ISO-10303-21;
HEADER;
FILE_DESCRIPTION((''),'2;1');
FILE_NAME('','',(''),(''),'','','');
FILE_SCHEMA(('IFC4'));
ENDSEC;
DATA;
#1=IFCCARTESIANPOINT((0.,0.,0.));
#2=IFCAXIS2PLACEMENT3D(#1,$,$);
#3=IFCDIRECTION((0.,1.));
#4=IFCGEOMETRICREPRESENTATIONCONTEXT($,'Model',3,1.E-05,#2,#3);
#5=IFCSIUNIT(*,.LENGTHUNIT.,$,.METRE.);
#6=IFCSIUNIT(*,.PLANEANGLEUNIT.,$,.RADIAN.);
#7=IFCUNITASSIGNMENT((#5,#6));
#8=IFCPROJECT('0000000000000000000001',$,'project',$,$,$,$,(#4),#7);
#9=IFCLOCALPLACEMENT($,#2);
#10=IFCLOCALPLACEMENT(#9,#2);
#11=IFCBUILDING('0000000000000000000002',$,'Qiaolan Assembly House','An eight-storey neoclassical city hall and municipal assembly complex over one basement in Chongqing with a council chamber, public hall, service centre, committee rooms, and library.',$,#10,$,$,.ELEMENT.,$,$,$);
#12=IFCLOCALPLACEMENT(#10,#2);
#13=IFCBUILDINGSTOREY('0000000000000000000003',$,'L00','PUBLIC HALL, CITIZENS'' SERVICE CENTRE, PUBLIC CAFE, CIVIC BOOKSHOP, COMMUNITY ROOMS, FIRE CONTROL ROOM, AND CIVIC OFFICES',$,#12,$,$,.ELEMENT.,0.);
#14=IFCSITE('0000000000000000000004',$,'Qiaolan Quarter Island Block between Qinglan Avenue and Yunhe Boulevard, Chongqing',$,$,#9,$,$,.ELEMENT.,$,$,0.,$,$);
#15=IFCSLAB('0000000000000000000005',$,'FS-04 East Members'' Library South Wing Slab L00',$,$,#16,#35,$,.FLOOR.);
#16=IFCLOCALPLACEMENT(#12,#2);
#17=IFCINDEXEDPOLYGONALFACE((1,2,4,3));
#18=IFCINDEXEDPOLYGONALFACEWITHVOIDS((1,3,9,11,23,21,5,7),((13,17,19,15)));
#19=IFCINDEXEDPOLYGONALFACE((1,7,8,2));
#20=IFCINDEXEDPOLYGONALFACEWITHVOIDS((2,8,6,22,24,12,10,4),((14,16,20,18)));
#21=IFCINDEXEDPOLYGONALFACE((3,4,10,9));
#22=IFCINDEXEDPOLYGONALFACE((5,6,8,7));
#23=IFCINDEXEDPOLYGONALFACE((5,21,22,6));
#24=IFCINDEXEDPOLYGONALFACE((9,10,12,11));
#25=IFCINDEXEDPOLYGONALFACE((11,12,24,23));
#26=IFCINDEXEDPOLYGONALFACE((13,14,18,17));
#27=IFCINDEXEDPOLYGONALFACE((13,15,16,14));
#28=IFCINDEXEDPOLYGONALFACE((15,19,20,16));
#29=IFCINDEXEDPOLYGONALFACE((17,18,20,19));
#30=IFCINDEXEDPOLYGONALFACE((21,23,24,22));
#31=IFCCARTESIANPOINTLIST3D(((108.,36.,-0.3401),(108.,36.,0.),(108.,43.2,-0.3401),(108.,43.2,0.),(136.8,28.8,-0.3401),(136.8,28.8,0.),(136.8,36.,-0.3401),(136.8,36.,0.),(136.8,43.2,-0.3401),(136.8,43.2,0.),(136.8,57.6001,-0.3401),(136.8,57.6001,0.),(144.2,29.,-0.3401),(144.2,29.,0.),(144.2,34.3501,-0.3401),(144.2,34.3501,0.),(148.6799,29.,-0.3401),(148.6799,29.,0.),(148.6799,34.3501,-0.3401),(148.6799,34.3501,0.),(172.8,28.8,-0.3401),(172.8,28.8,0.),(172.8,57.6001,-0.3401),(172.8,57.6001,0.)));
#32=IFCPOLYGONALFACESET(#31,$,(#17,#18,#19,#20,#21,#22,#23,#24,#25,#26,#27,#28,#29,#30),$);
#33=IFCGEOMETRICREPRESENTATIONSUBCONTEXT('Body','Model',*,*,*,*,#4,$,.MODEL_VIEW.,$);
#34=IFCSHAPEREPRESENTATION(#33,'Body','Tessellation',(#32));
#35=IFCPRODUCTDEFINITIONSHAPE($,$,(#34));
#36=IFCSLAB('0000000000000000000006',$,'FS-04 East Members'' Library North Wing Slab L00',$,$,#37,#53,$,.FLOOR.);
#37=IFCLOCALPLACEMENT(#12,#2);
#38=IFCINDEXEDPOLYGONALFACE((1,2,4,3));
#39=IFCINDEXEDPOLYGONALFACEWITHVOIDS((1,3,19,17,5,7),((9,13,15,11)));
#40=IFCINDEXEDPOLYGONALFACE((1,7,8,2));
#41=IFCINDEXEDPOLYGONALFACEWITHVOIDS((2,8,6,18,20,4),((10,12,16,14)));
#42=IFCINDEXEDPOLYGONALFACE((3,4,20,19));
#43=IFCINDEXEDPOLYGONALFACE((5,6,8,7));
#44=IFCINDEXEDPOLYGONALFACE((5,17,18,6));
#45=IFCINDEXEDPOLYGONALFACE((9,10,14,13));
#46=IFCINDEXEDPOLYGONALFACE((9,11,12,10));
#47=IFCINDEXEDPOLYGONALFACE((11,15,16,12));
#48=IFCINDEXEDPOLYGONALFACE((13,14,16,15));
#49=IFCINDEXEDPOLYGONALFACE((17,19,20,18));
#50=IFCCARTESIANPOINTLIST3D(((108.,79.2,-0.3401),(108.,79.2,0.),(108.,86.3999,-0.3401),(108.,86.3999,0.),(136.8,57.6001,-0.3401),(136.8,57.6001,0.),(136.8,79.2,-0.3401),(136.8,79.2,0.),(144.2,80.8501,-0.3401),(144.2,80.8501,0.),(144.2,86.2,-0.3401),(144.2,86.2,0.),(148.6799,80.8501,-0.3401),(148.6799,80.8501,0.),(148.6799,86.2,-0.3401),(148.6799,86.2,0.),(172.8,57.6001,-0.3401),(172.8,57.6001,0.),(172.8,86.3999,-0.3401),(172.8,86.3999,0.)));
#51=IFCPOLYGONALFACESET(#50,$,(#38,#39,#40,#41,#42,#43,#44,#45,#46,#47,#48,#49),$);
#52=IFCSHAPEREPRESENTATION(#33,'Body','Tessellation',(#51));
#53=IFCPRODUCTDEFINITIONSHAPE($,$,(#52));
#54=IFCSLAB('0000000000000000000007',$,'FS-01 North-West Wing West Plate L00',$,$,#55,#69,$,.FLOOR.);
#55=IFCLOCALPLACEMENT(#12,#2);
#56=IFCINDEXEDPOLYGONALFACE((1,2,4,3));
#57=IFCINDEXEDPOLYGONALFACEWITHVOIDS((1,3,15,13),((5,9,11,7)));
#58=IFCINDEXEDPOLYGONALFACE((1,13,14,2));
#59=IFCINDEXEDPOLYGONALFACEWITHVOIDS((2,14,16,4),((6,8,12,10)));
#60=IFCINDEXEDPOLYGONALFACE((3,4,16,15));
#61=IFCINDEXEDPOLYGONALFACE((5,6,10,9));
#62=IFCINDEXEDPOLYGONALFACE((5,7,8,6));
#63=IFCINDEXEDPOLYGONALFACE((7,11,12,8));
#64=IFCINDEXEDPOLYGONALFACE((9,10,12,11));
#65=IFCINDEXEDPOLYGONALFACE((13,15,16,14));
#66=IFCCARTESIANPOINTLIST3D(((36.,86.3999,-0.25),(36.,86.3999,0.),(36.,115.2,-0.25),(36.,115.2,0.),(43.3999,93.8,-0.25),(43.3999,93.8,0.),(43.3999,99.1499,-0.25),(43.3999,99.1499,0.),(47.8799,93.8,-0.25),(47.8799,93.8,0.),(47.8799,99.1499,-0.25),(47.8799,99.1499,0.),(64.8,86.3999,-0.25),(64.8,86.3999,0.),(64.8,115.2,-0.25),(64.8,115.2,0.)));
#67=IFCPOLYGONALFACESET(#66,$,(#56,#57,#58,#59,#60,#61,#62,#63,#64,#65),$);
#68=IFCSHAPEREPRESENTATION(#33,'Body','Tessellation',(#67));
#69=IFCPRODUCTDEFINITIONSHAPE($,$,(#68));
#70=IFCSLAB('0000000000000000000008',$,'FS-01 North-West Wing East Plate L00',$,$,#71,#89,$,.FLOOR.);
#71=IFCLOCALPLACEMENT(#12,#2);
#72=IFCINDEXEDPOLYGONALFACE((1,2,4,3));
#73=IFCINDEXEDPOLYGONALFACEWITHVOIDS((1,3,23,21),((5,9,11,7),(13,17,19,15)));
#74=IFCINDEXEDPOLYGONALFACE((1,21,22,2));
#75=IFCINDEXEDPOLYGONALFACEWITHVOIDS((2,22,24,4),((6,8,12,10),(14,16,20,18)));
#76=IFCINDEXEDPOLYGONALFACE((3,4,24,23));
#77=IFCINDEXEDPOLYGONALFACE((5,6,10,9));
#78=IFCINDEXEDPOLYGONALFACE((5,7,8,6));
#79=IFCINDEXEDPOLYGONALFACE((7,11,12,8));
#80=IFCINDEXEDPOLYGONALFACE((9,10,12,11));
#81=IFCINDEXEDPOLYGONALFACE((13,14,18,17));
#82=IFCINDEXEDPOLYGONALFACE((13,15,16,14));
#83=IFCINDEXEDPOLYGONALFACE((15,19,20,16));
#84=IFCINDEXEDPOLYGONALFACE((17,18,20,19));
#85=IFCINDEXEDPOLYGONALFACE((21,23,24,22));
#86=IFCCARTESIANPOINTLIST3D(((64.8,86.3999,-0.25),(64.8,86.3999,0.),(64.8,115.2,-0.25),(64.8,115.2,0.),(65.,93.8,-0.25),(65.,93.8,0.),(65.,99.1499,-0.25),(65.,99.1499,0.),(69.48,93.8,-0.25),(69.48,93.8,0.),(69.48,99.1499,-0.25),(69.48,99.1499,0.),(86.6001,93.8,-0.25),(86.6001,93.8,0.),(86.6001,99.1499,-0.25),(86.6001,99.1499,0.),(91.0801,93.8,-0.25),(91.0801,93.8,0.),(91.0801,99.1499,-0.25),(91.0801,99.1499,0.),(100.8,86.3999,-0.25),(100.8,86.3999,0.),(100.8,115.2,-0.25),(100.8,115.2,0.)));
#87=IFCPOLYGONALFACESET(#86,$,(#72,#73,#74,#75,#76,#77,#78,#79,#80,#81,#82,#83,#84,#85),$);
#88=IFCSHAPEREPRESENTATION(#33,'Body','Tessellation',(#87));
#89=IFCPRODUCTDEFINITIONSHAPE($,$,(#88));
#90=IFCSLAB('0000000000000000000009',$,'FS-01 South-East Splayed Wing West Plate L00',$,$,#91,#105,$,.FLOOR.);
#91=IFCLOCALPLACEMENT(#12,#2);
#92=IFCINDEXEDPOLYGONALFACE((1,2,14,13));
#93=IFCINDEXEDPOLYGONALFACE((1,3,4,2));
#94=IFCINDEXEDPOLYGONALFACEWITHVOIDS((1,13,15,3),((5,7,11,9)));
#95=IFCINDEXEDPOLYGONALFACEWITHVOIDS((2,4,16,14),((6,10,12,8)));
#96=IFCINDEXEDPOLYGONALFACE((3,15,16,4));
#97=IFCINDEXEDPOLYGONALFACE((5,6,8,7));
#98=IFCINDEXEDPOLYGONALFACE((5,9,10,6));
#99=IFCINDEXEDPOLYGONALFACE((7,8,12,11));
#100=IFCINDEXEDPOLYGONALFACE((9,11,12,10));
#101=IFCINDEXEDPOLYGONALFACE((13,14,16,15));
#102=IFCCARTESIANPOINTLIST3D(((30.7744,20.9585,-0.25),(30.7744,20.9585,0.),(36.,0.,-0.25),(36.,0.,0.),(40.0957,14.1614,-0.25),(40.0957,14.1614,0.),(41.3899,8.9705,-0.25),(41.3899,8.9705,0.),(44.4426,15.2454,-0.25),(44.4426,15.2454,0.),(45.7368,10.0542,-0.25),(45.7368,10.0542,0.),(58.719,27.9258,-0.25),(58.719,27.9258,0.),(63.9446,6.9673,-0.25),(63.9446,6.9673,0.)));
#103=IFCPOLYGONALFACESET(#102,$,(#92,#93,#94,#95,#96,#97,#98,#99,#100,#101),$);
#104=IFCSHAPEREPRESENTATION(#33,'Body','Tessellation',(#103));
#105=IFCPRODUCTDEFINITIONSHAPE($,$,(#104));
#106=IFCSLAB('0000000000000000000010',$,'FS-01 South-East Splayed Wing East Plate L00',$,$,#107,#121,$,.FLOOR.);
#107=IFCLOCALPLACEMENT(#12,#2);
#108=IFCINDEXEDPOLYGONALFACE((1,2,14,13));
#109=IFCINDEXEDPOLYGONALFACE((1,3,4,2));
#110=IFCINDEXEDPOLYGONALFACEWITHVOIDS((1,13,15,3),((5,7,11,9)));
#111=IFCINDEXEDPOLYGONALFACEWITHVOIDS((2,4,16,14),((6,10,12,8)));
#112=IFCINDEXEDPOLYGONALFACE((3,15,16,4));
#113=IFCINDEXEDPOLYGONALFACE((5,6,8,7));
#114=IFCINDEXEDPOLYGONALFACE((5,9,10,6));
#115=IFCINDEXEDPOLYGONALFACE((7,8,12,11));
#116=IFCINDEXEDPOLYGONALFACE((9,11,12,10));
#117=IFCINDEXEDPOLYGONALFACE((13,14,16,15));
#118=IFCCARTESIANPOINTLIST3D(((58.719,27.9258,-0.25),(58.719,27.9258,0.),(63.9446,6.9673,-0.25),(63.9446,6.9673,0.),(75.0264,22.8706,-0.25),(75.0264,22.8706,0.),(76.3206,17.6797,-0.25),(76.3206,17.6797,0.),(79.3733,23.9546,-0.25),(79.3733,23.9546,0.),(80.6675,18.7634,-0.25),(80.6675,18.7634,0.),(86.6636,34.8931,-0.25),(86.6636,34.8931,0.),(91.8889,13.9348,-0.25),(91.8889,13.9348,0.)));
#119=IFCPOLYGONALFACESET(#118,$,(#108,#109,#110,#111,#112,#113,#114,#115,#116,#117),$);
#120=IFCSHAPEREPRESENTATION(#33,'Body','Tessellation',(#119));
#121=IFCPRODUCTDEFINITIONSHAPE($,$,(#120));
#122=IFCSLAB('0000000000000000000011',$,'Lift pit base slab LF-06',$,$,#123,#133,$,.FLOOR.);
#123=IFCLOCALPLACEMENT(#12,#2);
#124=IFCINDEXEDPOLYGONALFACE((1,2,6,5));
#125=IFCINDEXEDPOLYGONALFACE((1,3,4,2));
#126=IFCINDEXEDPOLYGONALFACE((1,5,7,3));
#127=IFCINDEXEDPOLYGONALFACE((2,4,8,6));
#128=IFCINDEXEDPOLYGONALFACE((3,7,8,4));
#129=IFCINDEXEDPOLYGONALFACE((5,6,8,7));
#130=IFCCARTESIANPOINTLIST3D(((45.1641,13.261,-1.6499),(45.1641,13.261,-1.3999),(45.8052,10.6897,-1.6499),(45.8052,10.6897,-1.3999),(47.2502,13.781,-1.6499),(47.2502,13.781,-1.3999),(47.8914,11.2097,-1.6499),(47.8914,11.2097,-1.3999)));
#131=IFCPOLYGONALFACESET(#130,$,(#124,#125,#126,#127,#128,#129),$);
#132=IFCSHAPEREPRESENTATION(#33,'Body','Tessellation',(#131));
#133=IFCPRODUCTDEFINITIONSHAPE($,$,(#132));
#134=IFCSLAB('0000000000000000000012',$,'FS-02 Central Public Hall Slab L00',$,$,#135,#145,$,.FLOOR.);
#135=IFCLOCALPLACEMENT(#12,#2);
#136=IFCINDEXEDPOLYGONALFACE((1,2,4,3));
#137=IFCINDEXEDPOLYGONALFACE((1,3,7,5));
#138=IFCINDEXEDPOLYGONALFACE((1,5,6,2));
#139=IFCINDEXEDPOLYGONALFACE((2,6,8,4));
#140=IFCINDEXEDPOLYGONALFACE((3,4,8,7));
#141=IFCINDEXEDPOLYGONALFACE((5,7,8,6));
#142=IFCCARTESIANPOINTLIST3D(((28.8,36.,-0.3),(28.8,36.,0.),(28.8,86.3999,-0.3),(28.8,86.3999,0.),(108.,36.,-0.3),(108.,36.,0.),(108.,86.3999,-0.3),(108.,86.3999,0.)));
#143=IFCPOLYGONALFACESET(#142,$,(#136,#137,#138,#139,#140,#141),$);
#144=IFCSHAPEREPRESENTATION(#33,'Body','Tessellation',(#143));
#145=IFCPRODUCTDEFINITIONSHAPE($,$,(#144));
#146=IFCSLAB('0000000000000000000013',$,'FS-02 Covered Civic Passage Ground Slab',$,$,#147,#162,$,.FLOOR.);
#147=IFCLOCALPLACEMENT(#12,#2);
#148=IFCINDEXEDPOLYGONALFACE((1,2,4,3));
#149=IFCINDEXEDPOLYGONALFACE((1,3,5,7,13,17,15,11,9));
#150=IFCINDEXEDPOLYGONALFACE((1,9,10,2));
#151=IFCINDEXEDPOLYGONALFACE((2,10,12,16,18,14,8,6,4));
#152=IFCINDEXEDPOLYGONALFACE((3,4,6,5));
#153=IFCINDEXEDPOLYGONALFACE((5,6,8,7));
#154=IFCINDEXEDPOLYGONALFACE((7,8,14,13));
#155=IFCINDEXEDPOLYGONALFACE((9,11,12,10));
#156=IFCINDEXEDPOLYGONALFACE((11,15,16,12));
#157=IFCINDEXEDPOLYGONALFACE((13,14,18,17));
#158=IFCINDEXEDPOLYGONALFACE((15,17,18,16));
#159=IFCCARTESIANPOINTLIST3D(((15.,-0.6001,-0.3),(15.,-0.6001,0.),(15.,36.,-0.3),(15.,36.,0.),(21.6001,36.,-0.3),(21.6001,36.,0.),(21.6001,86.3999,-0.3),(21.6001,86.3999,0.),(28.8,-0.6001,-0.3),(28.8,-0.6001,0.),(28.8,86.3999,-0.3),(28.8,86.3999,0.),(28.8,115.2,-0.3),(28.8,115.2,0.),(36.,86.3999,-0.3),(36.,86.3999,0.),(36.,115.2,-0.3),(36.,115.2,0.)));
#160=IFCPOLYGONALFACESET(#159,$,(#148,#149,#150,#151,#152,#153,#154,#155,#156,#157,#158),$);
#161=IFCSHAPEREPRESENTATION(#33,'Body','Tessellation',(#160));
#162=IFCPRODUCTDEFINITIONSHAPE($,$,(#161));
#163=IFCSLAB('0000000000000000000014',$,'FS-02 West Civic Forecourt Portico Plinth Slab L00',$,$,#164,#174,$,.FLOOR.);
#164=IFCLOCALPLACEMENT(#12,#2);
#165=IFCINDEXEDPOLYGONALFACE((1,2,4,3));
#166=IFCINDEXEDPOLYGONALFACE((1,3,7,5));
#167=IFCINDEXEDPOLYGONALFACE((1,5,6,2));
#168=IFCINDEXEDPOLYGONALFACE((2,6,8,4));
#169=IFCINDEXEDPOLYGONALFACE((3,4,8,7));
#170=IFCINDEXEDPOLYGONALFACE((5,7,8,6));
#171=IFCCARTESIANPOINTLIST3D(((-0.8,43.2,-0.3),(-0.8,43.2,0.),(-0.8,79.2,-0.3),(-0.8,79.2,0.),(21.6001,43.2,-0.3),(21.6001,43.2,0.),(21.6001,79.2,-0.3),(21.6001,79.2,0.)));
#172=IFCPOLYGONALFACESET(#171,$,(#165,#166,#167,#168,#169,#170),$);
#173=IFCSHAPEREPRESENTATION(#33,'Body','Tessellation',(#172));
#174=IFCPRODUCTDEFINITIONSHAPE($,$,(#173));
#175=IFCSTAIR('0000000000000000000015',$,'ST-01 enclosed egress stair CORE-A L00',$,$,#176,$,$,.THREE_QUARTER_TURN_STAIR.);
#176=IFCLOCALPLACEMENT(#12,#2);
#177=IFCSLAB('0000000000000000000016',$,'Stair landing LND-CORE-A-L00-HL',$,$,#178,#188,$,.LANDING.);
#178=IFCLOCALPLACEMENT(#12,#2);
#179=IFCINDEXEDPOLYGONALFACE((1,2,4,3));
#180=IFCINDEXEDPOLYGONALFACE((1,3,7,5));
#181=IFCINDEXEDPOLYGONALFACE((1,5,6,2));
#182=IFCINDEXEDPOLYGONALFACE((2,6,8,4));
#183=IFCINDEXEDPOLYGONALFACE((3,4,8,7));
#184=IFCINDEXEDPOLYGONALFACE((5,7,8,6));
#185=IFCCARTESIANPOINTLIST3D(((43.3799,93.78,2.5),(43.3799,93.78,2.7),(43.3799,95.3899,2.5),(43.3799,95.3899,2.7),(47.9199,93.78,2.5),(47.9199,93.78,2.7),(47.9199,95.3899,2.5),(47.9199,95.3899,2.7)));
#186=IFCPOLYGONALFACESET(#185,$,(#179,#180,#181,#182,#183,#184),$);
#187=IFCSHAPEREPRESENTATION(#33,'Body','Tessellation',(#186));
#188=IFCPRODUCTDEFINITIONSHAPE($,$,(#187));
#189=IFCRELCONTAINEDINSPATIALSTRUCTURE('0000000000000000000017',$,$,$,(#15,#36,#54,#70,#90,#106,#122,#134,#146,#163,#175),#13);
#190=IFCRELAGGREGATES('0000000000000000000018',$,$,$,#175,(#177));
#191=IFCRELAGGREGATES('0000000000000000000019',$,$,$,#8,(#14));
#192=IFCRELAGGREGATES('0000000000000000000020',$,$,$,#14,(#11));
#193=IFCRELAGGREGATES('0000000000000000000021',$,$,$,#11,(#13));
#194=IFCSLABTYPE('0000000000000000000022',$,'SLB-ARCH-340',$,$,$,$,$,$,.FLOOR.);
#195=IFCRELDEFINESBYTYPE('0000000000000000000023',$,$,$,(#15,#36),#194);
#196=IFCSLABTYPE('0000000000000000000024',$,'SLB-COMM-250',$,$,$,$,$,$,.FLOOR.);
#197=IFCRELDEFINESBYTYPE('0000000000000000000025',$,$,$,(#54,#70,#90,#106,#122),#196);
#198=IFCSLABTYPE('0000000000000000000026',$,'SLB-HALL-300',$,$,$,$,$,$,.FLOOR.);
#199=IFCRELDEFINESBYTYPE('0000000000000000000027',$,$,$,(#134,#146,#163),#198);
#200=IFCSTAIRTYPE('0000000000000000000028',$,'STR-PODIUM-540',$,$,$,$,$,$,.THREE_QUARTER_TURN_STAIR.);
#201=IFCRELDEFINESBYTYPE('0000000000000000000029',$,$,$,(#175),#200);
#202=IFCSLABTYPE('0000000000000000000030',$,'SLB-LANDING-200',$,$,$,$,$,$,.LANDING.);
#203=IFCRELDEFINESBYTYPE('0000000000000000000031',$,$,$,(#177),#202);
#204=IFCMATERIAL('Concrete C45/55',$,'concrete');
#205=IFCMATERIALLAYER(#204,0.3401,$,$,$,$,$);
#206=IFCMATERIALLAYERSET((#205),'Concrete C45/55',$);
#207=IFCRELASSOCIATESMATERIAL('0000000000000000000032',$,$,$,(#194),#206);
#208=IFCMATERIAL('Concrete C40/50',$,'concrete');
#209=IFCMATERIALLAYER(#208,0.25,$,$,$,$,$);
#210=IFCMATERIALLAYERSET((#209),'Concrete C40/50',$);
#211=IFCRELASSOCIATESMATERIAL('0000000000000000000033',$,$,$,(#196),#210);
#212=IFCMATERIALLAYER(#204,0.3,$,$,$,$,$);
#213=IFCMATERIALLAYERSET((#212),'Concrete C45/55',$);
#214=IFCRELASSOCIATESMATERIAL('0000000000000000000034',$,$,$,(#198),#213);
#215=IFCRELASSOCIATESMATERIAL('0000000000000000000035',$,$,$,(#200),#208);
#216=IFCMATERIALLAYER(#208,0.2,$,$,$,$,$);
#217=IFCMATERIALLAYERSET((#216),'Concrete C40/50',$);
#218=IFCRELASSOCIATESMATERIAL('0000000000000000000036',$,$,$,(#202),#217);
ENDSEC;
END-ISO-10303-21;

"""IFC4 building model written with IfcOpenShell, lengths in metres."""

from ifc_helpers import new_model, si_unit, direction, frame, origin, place, context, subcontext, project, spatial, polyline, outline, extrude, material, layer, layer_set, type_object, element, aggregate, save


model = new_model("IFC4")

# Units and contexts
model_context = context("Model", 3, precision=1e-05, world=origin(), true_north=direction((0.0, 1.0)))
body_context = subcontext(model_context, "Body", "Model", "MODEL_VIEW")
ifc_project = project(units=[si_unit("LENGTHUNIT", "METRE"), si_unit("PLANEANGLEUNIT", "RADIAN")], contexts=[model_context])

# Site, building, storey
site_placement = place(None, origin())
site = spatial("IfcSite", under=ifc_project, at=site_placement, Name="Qiaolan Quarter Island Block between Qinglan Avenue and Yunhe Boulevard, Chongqing", CompositionType="ELEMENT", RefElevation=0.0)
building_placement = place(site_placement, origin())
building = spatial("IfcBuilding", under=site, at=building_placement, Name="Qiaolan Assembly House", Description="An eight-storey neoclassical city hall and municipal assembly complex over one basement in Chongqing with a council chamber, public hall, service centre, committee rooms, and library.", CompositionType="ELEMENT")
storey_placement = place(building_placement, origin())
storey = spatial("IfcBuildingStorey", under=building, at=storey_placement, Name="L00", Description="PUBLIC HALL, CITIZENS' SERVICE CENTRE, PUBLIC CAFE, CIVIC BOOKSHOP, COMMUNITY ROOMS, FIRE CONTROL ROOM, AND CIVIC OFFICES", CompositionType="ELEMENT", Elevation=0.0)

# Slabs
ifc_material_1 = material(Name="Concrete C45/55", Category="concrete")
ifc_layer_1 = layer(ifc_material_1, 0.3401)
ifc_layer_set_1 = layer_set([ifc_layer_1], Name="Concrete C45/55")
slab_type_1 = type_object("IfcSlabType", Name="SLB-ARCH-340", PredefinedType="FLOOR", material=ifc_layer_set_1)
slab_1_placement = place(storey_placement, frame((0.0, 0.0, -0.3401)))
element("IfcSlab", 1, at=slab_1_placement, inside=storey, type_object=slab_type_1, Name="FS-04 East Members' Library South Wing Slab L00", PredefinedType="FLOOR", context=body_context, shape_type="SweptSolid", body=[
    extrude(outline(polyline([(108.0, 36.0), (136.8, 36.0), (136.8, 28.8), (172.8, 28.8), (172.8, 57.6001), (136.8, 57.6001), (136.8, 43.2), (108.0, 43.2), (108.0, 36.0)]), holes=[polyline([(144.2, 29.0), (144.2, 34.3501), (148.6799, 34.3501), (148.6799, 29.0), (144.2, 29.0)])]), origin(), (0.0, 0.0, 1.0), 0.3401),
])
slab_2_placement = place(storey_placement, frame((0.0, 0.0, -0.3401)))
element("IfcSlab", 2, at=slab_2_placement, inside=storey, type_object=slab_type_1, Name="FS-04 East Members' Library North Wing Slab L00", PredefinedType="FLOOR", context=body_context, shape_type="SweptSolid", body=[
    extrude(outline(polyline([(136.8, 57.6001), (172.8, 57.6001), (172.8, 86.3999), (108.0, 86.3999), (108.0, 79.2), (136.8, 79.2), (136.8, 57.6001)]), holes=[polyline([(144.2, 80.8501), (144.2, 86.2), (148.6799, 86.2), (148.6799, 80.8501), (144.2, 80.8501)])]), origin(), (0.0, 0.0, 1.0), 0.3401),
])
ifc_material_2 = material(Name="Concrete C40/50", Category="concrete")
ifc_layer_2 = layer(ifc_material_2, 0.25)
ifc_layer_set_2 = layer_set([ifc_layer_2], Name="Concrete C40/50")
slab_type_2 = type_object("IfcSlabType", Name="SLB-COMM-250", PredefinedType="FLOOR", material=ifc_layer_set_2)
slab_3_placement = place(storey_placement, frame((0.0, 0.0, -0.25)))
element("IfcSlab", 3, at=slab_3_placement, inside=storey, type_object=slab_type_2, Name="FS-01 North-West Wing West Plate L00", PredefinedType="FLOOR", context=body_context, shape_type="SweptSolid", body=[
    extrude(outline(polyline([(36.0, 86.3999), (64.8, 86.3999), (64.8, 115.2), (36.0, 115.2), (36.0, 86.3999)]), holes=[polyline([(43.3999, 93.8), (43.3999, 99.1499), (47.8799, 99.1499), (47.8799, 93.8), (43.3999, 93.8)])]), origin(), (0.0, 0.0, 1.0), 0.25),
])
slab_4_placement = place(storey_placement, frame((0.0, 0.0, -0.25)))
element("IfcSlab", 4, at=slab_4_placement, inside=storey, type_object=slab_type_2, Name="FS-01 North-West Wing East Plate L00", PredefinedType="FLOOR", context=body_context, shape_type="SweptSolid", body=[
    extrude(outline(polyline([(64.8, 86.3999), (100.8, 86.3999), (100.8, 115.2), (64.8, 115.2), (64.8, 86.3999)]), holes=[polyline([(65.0, 93.8), (65.0, 99.1499), (69.48, 99.1499), (69.48, 93.8), (65.0, 93.8)]), polyline([(86.6001, 93.8), (86.6001, 99.1499), (91.0801, 99.1499), (91.0801, 93.8), (86.6001, 93.8)])]), origin(), (0.0, 0.0, 1.0), 0.25),
])
slab_5_placement = place(storey_placement, frame((0.0, 0.0, -0.25)))
element("IfcSlab", 5, at=slab_5_placement, inside=storey, type_object=slab_type_2, Name="FS-01 South-East Splayed Wing West Plate L00", PredefinedType="FLOOR", context=body_context, shape_type="SweptSolid", body=[
    extrude(outline(polyline([(36.0, 0.0), (63.9446, 6.9673), (58.719, 27.9258), (30.7744, 20.9585), (36.0, 0.0)]), holes=[polyline([(40.0957, 14.1614), (44.4426, 15.2454), (45.7368, 10.0542), (41.3899, 8.9705), (40.0957, 14.1614)])]), origin(), (0.0, 0.0, 1.0), 0.25),
])
slab_6_placement = place(storey_placement, frame((0.0, 0.0, -0.25)))
element("IfcSlab", 6, at=slab_6_placement, inside=storey, type_object=slab_type_2, Name="FS-01 South-East Splayed Wing East Plate L00", PredefinedType="FLOOR", context=body_context, shape_type="SweptSolid", body=[
    extrude(outline(polyline([(63.9446, 6.9673), (91.8889, 13.9348), (86.6636, 34.8931), (58.719, 27.9258), (63.9446, 6.9673)]), holes=[polyline([(75.0264, 22.8706), (79.3733, 23.9546), (80.6675, 18.7634), (76.3206, 17.6797), (75.0264, 22.8706)])]), origin(), (0.0, 0.0, 1.0), 0.25),
])
slab_7_placement = place(storey_placement, frame((0.0, 0.0, -1.6499)))
element("IfcSlab", 7, at=slab_7_placement, inside=storey, type_object=slab_type_2, Name="Lift pit base slab LF-06", PredefinedType="FLOOR", context=body_context, shape_type="SweptSolid", body=[
    extrude(outline(polyline([(45.8052, 10.6897), (45.1641, 13.261), (47.2502, 13.781), (47.8914, 11.2097), (45.8052, 10.6897)])), origin(), (0.0, 0.0, 1.0), 0.25),
])
ifc_layer_3 = layer(ifc_material_1, 0.3)
ifc_layer_set_3 = layer_set([ifc_layer_3], Name="Concrete C45/55")
slab_type_3 = type_object("IfcSlabType", Name="SLB-HALL-300", PredefinedType="FLOOR", material=ifc_layer_set_3)
slab_8_placement = place(storey_placement, frame((0.0, 0.0, -0.3)))
element("IfcSlab", 8, at=slab_8_placement, inside=storey, type_object=slab_type_3, Name="FS-02 Central Public Hall Slab L00", PredefinedType="FLOOR", context=body_context, shape_type="SweptSolid", body=[
    extrude(outline(polyline([(28.8, 36.0), (108.0, 36.0), (108.0, 86.3999), (28.8, 86.3999), (28.8, 36.0)])), origin(), (0.0, 0.0, 1.0), 0.3),
])
slab_9_placement = place(storey_placement, frame((0.0, 0.0, -0.3)))
element("IfcSlab", 9, at=slab_9_placement, inside=storey, type_object=slab_type_3, Name="FS-02 Covered Civic Passage Ground Slab", PredefinedType="FLOOR", context=body_context, shape_type="SweptSolid", body=[
    extrude(outline(polyline([(15.0, -0.6001), (28.8, -0.6001), (28.8, 86.3999), (36.0, 86.3999), (36.0, 115.2), (28.8, 115.2), (21.6001, 86.3999), (21.6001, 36.0), (15.0, 36.0), (15.0, -0.6001)])), origin(), (0.0, 0.0, 1.0), 0.3),
])
slab_10_placement = place(storey_placement, frame((0.0, 0.0, -0.3)))
element("IfcSlab", 10, at=slab_10_placement, inside=storey, type_object=slab_type_3, Name="FS-02 West Civic Forecourt Portico Plinth Slab L00", PredefinedType="FLOOR", context=body_context, shape_type="SweptSolid", body=[
    extrude(outline(polyline([(-0.8, 43.2), (21.6001, 43.2), (21.6001, 79.2), (-0.8, 79.2), (-0.8, 43.2)])), origin(), (0.0, 0.0, 1.0), 0.3),
])

# Stair, slab
stair_type_1 = type_object("IfcStairType", Name="STR-PODIUM-540", PredefinedType="THREE_QUARTER_TURN_STAIR", material=ifc_material_2)
stair_1_placement = place(storey_placement, origin())
stair_1 = element("IfcStair", 11, at=stair_1_placement, inside=storey, type_object=stair_type_1, Name="ST-01 enclosed egress stair CORE-A L00", PredefinedType="THREE_QUARTER_TURN_STAIR")
ifc_layer_4 = layer(ifc_material_2, 0.2)
ifc_layer_set_4 = layer_set([ifc_layer_4], Name="Concrete C40/50")
slab_type_4 = type_object("IfcSlabType", Name="SLB-LANDING-200", PredefinedType="LANDING", material=ifc_layer_set_4)
slab_11_placement = place(storey_placement, frame((0.0, 0.0, 2.5)))
slab_11 = element("IfcSlab", 12, at=slab_11_placement, type_object=slab_type_4, Name="Stair landing LND-CORE-A-L00-HL", PredefinedType="LANDING", context=body_context, shape_type="SweptSolid", body=[
    extrude(outline(polyline([(43.3799, 93.78), (43.3799, 95.3899), (47.9199, 95.3899), (47.9199, 93.78), (43.3799, 93.78)])), origin(), (0.0, 0.0, 1.0), 0.2),
])
aggregate(stair_1, [slab_11])

save(model, "model.ifc")
